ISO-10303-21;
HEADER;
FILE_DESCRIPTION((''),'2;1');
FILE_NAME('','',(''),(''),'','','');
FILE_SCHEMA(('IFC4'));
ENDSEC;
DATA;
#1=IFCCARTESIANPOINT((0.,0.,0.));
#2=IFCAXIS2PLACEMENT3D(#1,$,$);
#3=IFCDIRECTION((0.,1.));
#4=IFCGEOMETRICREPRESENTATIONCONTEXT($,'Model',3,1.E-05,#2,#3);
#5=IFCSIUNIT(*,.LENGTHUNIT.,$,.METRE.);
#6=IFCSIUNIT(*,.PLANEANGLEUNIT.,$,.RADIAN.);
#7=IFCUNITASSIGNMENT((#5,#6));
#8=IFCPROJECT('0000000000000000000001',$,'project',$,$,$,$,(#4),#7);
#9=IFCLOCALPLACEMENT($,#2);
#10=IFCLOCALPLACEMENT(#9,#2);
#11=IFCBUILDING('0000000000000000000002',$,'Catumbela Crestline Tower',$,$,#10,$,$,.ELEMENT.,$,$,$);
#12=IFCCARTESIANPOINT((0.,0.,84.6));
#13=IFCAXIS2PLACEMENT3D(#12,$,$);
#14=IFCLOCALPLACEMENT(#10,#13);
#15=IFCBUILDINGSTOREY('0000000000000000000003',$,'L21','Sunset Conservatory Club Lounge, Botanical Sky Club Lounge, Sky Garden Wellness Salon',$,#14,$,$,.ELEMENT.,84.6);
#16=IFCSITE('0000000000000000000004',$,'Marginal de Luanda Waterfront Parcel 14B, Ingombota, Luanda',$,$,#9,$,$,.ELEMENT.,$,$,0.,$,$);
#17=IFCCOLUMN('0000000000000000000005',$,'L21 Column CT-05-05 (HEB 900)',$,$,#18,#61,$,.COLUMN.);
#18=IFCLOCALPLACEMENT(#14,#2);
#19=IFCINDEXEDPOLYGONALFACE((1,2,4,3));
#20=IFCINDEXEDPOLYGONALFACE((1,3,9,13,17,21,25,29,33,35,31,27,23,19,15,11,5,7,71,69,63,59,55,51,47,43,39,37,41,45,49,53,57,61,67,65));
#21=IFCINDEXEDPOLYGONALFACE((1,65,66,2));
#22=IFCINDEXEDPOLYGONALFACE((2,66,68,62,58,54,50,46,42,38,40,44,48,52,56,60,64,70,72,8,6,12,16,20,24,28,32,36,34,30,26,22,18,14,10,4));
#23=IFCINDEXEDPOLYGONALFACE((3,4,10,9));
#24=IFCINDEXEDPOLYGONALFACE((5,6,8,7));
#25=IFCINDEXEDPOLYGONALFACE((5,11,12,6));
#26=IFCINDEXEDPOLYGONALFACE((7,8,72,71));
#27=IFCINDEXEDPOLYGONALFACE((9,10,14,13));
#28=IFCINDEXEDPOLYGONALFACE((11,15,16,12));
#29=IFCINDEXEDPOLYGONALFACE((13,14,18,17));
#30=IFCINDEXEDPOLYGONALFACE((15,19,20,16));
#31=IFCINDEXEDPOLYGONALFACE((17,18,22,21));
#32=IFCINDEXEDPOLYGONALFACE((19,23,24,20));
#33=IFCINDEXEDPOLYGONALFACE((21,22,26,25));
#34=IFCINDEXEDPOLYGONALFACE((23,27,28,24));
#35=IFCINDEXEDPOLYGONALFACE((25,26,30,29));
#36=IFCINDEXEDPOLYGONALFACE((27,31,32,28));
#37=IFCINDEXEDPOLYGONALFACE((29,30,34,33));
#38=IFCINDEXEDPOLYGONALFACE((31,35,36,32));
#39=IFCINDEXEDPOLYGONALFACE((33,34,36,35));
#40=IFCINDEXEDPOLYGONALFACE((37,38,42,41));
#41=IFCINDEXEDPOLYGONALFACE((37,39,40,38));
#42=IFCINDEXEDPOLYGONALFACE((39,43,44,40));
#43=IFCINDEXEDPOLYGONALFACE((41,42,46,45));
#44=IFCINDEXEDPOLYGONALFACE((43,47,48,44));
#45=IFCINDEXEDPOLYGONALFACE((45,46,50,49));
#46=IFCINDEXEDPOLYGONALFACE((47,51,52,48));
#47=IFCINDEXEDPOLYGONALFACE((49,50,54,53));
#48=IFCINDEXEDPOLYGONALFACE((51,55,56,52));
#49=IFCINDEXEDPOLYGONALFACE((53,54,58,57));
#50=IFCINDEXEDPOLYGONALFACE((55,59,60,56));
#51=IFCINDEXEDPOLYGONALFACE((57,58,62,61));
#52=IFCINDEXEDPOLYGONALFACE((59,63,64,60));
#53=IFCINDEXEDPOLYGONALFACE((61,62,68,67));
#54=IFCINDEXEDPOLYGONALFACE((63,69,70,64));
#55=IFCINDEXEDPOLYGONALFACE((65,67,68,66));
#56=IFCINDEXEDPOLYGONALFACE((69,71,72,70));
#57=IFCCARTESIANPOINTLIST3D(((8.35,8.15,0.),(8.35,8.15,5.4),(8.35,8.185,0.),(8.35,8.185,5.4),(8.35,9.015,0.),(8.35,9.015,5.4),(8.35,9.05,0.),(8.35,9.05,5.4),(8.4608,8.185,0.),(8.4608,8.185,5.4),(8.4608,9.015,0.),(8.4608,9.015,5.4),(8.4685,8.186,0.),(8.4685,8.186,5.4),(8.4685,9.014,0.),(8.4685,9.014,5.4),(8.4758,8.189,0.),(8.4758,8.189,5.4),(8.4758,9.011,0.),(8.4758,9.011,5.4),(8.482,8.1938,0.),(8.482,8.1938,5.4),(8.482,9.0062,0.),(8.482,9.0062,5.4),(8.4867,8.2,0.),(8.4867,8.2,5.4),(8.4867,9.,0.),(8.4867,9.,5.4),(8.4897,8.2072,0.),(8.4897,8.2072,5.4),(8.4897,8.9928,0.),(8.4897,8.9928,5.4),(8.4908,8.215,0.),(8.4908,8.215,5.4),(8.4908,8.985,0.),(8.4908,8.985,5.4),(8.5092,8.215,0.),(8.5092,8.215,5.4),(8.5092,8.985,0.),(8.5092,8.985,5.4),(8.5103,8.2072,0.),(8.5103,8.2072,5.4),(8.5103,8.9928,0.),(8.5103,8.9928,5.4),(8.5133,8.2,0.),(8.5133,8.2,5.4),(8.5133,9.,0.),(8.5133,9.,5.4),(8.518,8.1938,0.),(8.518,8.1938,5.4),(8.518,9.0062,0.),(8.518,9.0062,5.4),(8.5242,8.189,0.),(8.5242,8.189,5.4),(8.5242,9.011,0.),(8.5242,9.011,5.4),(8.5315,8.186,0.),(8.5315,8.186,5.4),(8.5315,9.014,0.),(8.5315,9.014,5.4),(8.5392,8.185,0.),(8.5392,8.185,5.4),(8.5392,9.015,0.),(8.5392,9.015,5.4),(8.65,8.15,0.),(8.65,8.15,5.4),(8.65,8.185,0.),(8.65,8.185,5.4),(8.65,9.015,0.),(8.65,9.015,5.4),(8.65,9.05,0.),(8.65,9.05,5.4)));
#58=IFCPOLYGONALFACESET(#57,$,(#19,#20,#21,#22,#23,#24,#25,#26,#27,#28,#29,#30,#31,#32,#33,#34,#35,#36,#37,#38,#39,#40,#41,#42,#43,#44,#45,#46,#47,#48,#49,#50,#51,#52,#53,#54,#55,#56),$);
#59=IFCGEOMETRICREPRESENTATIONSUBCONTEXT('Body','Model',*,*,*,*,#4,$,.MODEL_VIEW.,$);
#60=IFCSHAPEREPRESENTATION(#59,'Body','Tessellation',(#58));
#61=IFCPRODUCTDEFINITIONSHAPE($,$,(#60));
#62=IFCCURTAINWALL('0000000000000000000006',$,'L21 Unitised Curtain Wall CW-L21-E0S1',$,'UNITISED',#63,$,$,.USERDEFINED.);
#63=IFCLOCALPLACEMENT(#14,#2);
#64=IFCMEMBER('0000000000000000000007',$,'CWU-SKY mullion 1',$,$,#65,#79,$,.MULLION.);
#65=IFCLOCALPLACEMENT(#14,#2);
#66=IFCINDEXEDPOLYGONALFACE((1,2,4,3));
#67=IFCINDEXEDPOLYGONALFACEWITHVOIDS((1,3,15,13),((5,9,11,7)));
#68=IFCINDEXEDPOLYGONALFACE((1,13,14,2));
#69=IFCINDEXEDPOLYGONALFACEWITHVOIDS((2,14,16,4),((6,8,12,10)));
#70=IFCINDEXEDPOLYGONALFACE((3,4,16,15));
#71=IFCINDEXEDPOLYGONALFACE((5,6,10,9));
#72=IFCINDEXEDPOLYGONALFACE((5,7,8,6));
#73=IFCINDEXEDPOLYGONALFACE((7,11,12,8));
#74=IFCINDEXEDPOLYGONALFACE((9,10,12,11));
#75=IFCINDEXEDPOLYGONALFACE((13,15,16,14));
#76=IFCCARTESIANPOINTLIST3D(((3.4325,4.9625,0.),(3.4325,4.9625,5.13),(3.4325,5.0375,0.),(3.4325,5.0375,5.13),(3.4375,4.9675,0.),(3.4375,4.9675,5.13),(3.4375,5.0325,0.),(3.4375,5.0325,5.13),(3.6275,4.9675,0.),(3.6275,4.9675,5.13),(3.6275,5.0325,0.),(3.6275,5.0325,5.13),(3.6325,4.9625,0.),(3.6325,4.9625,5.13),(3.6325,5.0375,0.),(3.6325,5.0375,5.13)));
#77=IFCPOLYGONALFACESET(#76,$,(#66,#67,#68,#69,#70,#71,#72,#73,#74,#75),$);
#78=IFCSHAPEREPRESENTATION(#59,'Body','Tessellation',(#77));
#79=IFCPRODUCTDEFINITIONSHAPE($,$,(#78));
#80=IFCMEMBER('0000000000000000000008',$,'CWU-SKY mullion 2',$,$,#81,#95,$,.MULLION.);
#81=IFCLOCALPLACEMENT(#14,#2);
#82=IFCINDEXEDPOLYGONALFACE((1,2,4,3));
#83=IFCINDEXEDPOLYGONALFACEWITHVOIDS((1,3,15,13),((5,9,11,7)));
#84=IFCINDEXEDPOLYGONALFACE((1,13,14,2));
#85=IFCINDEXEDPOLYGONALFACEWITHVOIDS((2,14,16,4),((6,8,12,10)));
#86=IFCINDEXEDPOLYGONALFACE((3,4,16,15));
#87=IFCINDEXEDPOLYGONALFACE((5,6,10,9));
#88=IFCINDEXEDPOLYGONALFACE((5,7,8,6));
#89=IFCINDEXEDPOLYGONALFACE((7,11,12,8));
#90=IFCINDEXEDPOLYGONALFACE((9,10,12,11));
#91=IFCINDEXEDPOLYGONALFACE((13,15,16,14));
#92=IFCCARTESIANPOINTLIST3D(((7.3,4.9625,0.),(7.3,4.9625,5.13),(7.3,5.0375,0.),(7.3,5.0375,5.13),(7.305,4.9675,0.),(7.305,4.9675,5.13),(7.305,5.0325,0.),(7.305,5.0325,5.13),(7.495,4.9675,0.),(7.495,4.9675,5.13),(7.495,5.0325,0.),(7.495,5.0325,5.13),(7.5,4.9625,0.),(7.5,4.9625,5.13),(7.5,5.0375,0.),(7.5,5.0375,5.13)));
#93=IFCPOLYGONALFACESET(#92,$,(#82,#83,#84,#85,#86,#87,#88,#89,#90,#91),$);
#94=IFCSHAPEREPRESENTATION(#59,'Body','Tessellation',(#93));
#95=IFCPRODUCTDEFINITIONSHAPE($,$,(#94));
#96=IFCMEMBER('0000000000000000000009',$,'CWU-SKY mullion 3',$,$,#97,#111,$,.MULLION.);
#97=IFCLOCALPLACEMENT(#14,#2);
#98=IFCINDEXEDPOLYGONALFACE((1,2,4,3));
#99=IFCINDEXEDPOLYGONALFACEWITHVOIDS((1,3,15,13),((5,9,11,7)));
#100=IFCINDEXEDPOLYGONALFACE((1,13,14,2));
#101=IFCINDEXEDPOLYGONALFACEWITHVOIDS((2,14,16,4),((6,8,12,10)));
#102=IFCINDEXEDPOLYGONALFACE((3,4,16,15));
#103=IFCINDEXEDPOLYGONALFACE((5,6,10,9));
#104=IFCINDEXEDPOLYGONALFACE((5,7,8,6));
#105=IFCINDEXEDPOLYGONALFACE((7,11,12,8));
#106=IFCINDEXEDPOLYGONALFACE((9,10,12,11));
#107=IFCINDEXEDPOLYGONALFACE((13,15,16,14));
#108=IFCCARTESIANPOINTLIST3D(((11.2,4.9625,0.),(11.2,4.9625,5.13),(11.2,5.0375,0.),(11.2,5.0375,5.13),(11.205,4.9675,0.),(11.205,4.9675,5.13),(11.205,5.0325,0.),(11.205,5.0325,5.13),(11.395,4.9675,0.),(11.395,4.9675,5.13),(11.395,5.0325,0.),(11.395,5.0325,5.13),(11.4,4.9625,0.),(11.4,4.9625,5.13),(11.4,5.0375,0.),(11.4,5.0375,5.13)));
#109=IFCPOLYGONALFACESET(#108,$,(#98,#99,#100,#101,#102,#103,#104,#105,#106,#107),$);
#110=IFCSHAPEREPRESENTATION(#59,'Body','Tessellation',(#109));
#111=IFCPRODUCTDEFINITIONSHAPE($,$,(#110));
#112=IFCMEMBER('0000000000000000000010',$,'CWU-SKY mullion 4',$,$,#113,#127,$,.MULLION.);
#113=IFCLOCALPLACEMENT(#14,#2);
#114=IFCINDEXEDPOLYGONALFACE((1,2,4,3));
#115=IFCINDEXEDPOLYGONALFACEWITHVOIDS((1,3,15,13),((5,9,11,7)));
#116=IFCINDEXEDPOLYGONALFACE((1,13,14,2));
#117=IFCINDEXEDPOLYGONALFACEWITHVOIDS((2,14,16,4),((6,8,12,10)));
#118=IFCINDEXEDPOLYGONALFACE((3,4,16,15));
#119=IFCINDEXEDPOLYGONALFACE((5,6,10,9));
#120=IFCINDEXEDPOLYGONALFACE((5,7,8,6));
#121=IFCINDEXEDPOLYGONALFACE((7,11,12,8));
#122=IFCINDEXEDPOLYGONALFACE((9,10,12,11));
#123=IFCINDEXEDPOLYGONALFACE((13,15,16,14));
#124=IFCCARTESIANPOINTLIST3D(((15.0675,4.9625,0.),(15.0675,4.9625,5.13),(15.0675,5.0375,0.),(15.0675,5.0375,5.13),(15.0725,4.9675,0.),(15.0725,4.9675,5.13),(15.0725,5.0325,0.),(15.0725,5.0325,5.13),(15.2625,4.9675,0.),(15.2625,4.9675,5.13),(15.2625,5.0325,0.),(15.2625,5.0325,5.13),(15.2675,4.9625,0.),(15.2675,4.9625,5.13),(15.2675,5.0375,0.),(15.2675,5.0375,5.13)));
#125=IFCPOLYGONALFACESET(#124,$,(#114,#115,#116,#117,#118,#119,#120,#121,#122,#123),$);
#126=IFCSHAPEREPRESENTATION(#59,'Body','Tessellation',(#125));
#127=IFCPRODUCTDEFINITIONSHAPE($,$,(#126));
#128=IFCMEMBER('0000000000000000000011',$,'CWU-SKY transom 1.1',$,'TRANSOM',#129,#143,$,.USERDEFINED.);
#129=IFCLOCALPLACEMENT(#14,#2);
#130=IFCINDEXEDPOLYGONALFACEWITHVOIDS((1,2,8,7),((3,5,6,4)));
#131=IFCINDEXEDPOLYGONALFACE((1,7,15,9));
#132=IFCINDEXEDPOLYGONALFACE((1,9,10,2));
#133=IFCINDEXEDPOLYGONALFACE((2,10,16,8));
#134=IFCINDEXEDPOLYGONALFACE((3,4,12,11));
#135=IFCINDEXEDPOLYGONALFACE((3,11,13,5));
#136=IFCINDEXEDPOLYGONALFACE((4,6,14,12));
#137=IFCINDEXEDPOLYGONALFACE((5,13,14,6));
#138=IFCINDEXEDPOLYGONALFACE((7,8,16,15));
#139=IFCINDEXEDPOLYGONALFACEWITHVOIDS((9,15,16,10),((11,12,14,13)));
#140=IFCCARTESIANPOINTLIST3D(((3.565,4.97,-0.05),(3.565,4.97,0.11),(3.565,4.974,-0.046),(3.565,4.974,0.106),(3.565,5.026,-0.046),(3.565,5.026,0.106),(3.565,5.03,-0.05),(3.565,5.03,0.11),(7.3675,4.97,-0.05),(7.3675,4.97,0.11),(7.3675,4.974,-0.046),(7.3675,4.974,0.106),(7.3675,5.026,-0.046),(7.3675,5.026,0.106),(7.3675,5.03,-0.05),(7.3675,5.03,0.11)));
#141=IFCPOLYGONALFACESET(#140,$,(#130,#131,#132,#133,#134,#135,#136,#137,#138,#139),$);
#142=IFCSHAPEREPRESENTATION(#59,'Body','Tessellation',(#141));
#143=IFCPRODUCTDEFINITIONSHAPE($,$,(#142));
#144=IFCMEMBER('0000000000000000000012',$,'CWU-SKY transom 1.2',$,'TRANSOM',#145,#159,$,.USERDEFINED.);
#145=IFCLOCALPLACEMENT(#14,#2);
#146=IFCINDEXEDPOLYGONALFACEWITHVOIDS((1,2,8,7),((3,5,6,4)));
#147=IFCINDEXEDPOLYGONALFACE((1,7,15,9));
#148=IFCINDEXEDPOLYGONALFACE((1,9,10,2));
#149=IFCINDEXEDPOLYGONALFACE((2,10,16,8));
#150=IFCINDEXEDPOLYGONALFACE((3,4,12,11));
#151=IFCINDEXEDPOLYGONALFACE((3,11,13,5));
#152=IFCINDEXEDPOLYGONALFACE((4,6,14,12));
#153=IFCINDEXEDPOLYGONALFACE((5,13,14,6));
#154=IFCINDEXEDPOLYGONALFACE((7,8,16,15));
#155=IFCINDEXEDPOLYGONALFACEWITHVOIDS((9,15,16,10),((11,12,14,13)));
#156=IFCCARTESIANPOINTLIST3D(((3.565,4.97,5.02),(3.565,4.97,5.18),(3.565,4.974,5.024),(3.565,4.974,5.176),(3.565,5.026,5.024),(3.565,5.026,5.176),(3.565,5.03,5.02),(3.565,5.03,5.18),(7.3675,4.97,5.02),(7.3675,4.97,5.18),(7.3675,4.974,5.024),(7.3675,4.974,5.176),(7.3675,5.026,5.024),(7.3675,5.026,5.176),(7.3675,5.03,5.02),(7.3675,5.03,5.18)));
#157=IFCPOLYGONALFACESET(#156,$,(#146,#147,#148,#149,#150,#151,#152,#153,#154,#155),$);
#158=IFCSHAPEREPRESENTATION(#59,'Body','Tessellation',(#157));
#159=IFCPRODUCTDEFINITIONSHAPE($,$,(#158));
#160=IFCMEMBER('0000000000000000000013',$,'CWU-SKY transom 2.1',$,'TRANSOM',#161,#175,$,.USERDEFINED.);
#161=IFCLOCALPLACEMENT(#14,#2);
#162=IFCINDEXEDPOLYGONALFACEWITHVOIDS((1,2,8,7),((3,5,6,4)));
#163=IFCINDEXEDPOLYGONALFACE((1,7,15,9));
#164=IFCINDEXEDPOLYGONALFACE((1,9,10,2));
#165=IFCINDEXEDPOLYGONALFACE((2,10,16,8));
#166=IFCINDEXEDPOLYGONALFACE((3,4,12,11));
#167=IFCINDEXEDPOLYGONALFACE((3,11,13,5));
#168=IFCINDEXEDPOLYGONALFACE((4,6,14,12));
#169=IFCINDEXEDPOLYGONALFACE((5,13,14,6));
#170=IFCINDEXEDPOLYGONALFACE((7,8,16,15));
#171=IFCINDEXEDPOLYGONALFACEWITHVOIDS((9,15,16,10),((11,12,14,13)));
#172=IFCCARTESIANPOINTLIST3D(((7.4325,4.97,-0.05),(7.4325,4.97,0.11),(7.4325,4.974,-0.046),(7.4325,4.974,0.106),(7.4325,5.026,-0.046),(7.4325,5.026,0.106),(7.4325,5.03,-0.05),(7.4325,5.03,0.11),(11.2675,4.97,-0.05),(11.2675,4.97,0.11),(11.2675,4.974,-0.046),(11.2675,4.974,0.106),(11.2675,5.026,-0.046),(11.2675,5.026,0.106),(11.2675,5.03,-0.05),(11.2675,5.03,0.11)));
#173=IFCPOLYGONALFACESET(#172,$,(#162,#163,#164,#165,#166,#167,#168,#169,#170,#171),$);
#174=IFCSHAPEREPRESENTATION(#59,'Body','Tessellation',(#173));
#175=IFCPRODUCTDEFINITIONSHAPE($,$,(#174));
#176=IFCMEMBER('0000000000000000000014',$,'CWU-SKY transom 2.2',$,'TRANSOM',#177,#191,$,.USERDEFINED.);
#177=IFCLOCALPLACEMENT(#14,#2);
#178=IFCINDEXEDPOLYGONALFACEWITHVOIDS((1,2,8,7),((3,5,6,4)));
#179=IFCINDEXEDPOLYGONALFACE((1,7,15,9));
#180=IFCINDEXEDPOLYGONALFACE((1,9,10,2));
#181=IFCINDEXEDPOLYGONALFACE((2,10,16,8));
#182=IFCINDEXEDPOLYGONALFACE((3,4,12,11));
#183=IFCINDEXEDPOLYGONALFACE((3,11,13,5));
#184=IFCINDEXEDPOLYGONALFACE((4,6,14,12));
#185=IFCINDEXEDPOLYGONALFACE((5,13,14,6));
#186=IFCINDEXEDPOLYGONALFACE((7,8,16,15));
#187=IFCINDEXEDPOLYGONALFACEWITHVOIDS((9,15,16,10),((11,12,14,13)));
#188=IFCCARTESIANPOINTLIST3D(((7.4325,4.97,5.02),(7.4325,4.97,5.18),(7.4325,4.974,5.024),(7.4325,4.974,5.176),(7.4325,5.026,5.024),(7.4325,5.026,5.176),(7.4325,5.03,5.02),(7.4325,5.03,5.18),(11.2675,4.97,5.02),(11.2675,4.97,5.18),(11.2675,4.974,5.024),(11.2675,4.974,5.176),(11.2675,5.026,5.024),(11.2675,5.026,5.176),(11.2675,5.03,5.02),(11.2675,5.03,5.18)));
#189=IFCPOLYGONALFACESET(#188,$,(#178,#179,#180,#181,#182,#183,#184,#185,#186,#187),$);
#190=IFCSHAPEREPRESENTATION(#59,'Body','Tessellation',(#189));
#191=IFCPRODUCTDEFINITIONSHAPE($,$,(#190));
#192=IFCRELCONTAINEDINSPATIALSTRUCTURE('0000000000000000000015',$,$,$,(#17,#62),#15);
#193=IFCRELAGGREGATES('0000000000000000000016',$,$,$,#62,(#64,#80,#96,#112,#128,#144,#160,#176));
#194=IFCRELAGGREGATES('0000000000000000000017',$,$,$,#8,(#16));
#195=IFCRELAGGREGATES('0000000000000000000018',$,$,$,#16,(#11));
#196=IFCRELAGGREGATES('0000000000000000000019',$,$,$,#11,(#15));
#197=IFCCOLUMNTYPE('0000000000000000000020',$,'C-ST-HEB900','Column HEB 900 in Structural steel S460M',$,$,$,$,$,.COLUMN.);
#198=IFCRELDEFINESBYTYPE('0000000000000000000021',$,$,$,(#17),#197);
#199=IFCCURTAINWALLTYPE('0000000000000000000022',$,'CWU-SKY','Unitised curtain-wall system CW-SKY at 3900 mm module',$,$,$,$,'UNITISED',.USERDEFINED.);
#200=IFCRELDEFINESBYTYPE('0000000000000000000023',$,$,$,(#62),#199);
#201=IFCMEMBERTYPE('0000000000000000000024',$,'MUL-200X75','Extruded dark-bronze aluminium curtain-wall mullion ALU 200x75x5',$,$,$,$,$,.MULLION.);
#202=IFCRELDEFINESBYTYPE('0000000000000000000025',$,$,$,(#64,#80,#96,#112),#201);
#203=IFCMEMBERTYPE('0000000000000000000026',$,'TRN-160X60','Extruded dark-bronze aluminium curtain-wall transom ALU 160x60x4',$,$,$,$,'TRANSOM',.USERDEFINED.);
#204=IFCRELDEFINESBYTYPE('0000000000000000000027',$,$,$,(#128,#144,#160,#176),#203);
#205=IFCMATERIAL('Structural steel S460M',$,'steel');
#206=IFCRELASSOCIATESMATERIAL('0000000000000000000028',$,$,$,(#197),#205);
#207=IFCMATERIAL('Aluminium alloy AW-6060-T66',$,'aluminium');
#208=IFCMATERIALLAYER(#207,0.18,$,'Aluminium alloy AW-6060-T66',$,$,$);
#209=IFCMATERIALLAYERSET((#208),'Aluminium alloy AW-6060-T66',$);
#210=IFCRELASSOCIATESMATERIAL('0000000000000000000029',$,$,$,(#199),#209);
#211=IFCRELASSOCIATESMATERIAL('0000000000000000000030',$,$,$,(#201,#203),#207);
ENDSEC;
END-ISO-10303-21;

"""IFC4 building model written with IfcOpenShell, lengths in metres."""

from ifc_helpers import new_model, si_unit, direction, frame, origin, origin_2d, place, context, subcontext, project, spatial, hollow_rectangle, i_section, extrude, material, layer, layer_set, material_profile, profile_set, type_object, element, aggregate, save


model = new_model("IFC4")

# Units and contexts
model_context = context("Model", 3, precision=1e-05, world=origin(), true_north=direction((0.0, 1.0)))
body_context = subcontext(model_context, "Body", "Model", "MODEL_VIEW")
ifc_project = project(units=[si_unit("LENGTHUNIT", "METRE"), si_unit("PLANEANGLEUNIT", "RADIAN")], contexts=[model_context])

# Site, building, storey
site_placement = place(None, origin())
site = spatial("IfcSite", under=ifc_project, at=site_placement, Name="Marginal de Luanda Waterfront Parcel 14B, Ingombota, Luanda", CompositionType="ELEMENT", RefElevation=0.0)
building_placement = place(site_placement, origin())
building = spatial("IfcBuilding", under=site, at=building_placement, Name="Catumbela Crestline Tower", CompositionType="ELEMENT")
storey_placement = place(building_placement, frame((0.0, 0.0, 84.6)))
storey = spatial("IfcBuildingStorey", under=building, at=storey_placement, Name="L21", Description="Sunset Conservatory Club Lounge, Botanical Sky Club Lounge, Sky Garden Wellness Salon", CompositionType="ELEMENT", Elevation=84.6)

# Column
ifc_material_1 = material(Name="Structural steel S460M", Category="steel")
ifc_material_profile_1 = material_profile(ifc_material_1, i_section(OverallWidth=0.3, OverallDepth=0.9, WebThickness=0.0185, FlangeThickness=0.035, FilletRadius=0.03, at=origin_2d()), Name="HEB 900")
ifc_profile_set_1 = profile_set([ifc_material_profile_1], Name="Structural steel S460M")
column_type = type_object("IfcColumnType", Name="C-ST-HEB900", Description="Column HEB 900 in Structural steel S460M", PredefinedType="COLUMN", material=ifc_profile_set_1)
column_placement = place(storey_placement, frame((8.5, 8.6, 0.0), z_axis=(0.0, 0.0, 1.0), x_axis=(1.0, 0.0, 0.0)))
element("IfcColumn", 1, at=column_placement, inside=storey, type_object=column_type, Name="L21 Column CT-05-05 (HEB 900)", PredefinedType="COLUMN", context=body_context, shape_type="SweptSolid", body=[
    extrude(i_section(OverallWidth=0.3, OverallDepth=0.9, WebThickness=0.0185, FlangeThickness=0.035, FilletRadius=0.03, at=origin_2d()), origin(), (0.0, 0.0, 1.0), 5.4),
])

# Curtain wall, members
ifc_material_2 = material(Name="Aluminium alloy AW-6060-T66", Category="aluminium")
ifc_layer_1 = layer(ifc_material_2, 0.18, Name="Aluminium alloy AW-6060-T66")
ifc_layer_set_1 = layer_set([ifc_layer_1], Name="Aluminium alloy AW-6060-T66")
curtain_wall_type = type_object("IfcCurtainWallType", Name="CWU-SKY", Description="Unitised curtain-wall system CW-SKY at 3900 mm module", ElementType="UNITISED", PredefinedType="USERDEFINED", material=ifc_layer_set_1)
curtain_wall_placement = place(storey_placement, origin())
curtain_wall = element("IfcCurtainWall", 2, at=curtain_wall_placement, inside=storey, type_object=curtain_wall_type, Name="L21 Unitised Curtain Wall CW-L21-E0S1", ObjectType="UNITISED", PredefinedType="USERDEFINED")
ifc_material_profile_2 = material_profile(ifc_material_2, hollow_rectangle(XDim=0.075, YDim=0.2, WallThickness=0.005, at=origin_2d()), Name="ALU 200x75x5")
ifc_profile_set_2 = profile_set([ifc_material_profile_2], Name="Aluminium alloy AW-6060-T66")
member_type_1 = type_object("IfcMemberType", Name="MUL-200X75", Description="Extruded dark-bronze aluminium curtain-wall mullion ALU 200x75x5", PredefinedType="MULLION", material=ifc_profile_set_2)
member_1_placement = place(storey_placement, frame((3.5325, 5.0, 0.0), z_axis=(0.0, 0.0, 1.0), x_axis=(0.0, 1.0, 0.0)))
member_1 = element("IfcMember", 3, at=member_1_placement, type_object=member_type_1, Name="CWU-SKY mullion 1", PredefinedType="MULLION", context=body_context, shape_type="SweptSolid", body=[
    extrude(hollow_rectangle(XDim=0.075, YDim=0.2, WallThickness=0.005, at=origin_2d()), origin(), (0.0, 0.0, 1.0), 5.13),
])
member_2_placement = place(storey_placement, frame((7.4, 5.0, 0.0), z_axis=(0.0, 0.0, 1.0), x_axis=(0.0, 1.0, 0.0)))
member_2 = element("IfcMember", 4, at=member_2_placement, type_object=member_type_1, Name="CWU-SKY mullion 2", PredefinedType="MULLION", context=body_context, shape_type="SweptSolid", body=[
    extrude(hollow_rectangle(XDim=0.075, YDim=0.2, WallThickness=0.005, at=origin_2d()), origin(), (0.0, 0.0, 1.0), 5.13),
])
member_3_placement = place(storey_placement, frame((11.3, 5.0, 0.0), z_axis=(0.0, 0.0, 1.0), x_axis=(0.0, 1.0, 0.0)))
member_3 = element("IfcMember", 5, at=member_3_placement, type_object=member_type_1, Name="CWU-SKY mullion 3", PredefinedType="MULLION", context=body_context, shape_type="SweptSolid", body=[
    extrude(hollow_rectangle(XDim=0.075, YDim=0.2, WallThickness=0.005, at=origin_2d()), origin(), (0.0, 0.0, 1.0), 5.13),
])
member_4_placement = place(storey_placement, frame((15.1675, 5.0, 0.0), z_axis=(0.0, 0.0, 1.0), x_axis=(0.0, 1.0, 0.0)))
member_4 = element("IfcMember", 6, at=member_4_placement, type_object=member_type_1, Name="CWU-SKY mullion 4", PredefinedType="MULLION", context=body_context, shape_type="SweptSolid", body=[
    extrude(hollow_rectangle(XDim=0.075, YDim=0.2, WallThickness=0.005, at=origin_2d()), origin(), (0.0, 0.0, 1.0), 5.13),
])
ifc_material_profile_3 = material_profile(ifc_material_2, hollow_rectangle(XDim=0.06, YDim=0.16, WallThickness=0.004, at=origin_2d()), Name="ALU 160x60x4")
ifc_profile_set_3 = profile_set([ifc_material_profile_3], Name="Aluminium alloy AW-6060-T66")
member_type_2 = type_object("IfcMemberType", Name="TRN-160X60", Description="Extruded dark-bronze aluminium curtain-wall transom ALU 160x60x4", ElementType="TRANSOM", PredefinedType="USERDEFINED", material=ifc_profile_set_3)
member_5_placement = place(storey_placement, frame((3.565, 5.0, 0.03), z_axis=(1.0, 0.0, 0.0), x_axis=(0.0, 1.0, 0.0)))
member_5 = element("IfcMember", 7, at=member_5_placement, type_object=member_type_2, Name="CWU-SKY transom 1.1", ObjectType="TRANSOM", PredefinedType="USERDEFINED", context=body_context, shape_type="SweptSolid", body=[
    extrude(hollow_rectangle(XDim=0.06, YDim=0.16, WallThickness=0.004, at=origin_2d()), origin(), (0.0, 0.0, 1.0), 3.8025),
])
member_6_placement = place(storey_placement, frame((3.565, 5.0, 5.1), z_axis=(1.0, 0.0, 0.0), x_axis=(0.0, 1.0, 0.0)))
member_6 = element("IfcMember", 8, at=member_6_placement, type_object=member_type_2, Name="CWU-SKY transom 1.2", ObjectType="TRANSOM", PredefinedType="USERDEFINED", context=body_context, shape_type="SweptSolid", body=[
    extrude(hollow_rectangle(XDim=0.06, YDim=0.16, WallThickness=0.004, at=origin_2d()), origin(), (0.0, 0.0, 1.0), 3.8025),
])
member_7_placement = place(storey_placement, frame((7.4325, 5.0, 0.03), z_axis=(1.0, 0.0, 0.0), x_axis=(0.0, 1.0, 0.0)))
member_7 = element("IfcMember", 9, at=member_7_placement, type_object=member_type_2, Name="CWU-SKY transom 2.1", ObjectType="TRANSOM", PredefinedType="USERDEFINED", context=body_context, shape_type="SweptSolid", body=[
    extrude(hollow_rectangle(XDim=0.06, YDim=0.16, WallThickness=0.004, at=origin_2d()), origin(), (0.0, 0.0, 1.0), 3.835),
])
member_8_placement = place(storey_placement, frame((7.4325, 5.0, 5.1), z_axis=(1.0, 0.0, 0.0), x_axis=(0.0, 1.0, 0.0)))
member_8 = element("IfcMember", 10, at=member_8_placement, type_object=member_type_2, Name="CWU-SKY transom 2.2", ObjectType="TRANSOM", PredefinedType="USERDEFINED", context=body_context, shape_type="SweptSolid", body=[
    extrude(hollow_rectangle(XDim=0.06, YDim=0.16, WallThickness=0.004, at=origin_2d()), origin(), (0.0, 0.0, 1.0), 3.835),
])
aggregate(curtain_wall, [member_1, member_2, member_3, member_4, member_5, member_6, member_7, member_8])

save(model, "model.ifc")
